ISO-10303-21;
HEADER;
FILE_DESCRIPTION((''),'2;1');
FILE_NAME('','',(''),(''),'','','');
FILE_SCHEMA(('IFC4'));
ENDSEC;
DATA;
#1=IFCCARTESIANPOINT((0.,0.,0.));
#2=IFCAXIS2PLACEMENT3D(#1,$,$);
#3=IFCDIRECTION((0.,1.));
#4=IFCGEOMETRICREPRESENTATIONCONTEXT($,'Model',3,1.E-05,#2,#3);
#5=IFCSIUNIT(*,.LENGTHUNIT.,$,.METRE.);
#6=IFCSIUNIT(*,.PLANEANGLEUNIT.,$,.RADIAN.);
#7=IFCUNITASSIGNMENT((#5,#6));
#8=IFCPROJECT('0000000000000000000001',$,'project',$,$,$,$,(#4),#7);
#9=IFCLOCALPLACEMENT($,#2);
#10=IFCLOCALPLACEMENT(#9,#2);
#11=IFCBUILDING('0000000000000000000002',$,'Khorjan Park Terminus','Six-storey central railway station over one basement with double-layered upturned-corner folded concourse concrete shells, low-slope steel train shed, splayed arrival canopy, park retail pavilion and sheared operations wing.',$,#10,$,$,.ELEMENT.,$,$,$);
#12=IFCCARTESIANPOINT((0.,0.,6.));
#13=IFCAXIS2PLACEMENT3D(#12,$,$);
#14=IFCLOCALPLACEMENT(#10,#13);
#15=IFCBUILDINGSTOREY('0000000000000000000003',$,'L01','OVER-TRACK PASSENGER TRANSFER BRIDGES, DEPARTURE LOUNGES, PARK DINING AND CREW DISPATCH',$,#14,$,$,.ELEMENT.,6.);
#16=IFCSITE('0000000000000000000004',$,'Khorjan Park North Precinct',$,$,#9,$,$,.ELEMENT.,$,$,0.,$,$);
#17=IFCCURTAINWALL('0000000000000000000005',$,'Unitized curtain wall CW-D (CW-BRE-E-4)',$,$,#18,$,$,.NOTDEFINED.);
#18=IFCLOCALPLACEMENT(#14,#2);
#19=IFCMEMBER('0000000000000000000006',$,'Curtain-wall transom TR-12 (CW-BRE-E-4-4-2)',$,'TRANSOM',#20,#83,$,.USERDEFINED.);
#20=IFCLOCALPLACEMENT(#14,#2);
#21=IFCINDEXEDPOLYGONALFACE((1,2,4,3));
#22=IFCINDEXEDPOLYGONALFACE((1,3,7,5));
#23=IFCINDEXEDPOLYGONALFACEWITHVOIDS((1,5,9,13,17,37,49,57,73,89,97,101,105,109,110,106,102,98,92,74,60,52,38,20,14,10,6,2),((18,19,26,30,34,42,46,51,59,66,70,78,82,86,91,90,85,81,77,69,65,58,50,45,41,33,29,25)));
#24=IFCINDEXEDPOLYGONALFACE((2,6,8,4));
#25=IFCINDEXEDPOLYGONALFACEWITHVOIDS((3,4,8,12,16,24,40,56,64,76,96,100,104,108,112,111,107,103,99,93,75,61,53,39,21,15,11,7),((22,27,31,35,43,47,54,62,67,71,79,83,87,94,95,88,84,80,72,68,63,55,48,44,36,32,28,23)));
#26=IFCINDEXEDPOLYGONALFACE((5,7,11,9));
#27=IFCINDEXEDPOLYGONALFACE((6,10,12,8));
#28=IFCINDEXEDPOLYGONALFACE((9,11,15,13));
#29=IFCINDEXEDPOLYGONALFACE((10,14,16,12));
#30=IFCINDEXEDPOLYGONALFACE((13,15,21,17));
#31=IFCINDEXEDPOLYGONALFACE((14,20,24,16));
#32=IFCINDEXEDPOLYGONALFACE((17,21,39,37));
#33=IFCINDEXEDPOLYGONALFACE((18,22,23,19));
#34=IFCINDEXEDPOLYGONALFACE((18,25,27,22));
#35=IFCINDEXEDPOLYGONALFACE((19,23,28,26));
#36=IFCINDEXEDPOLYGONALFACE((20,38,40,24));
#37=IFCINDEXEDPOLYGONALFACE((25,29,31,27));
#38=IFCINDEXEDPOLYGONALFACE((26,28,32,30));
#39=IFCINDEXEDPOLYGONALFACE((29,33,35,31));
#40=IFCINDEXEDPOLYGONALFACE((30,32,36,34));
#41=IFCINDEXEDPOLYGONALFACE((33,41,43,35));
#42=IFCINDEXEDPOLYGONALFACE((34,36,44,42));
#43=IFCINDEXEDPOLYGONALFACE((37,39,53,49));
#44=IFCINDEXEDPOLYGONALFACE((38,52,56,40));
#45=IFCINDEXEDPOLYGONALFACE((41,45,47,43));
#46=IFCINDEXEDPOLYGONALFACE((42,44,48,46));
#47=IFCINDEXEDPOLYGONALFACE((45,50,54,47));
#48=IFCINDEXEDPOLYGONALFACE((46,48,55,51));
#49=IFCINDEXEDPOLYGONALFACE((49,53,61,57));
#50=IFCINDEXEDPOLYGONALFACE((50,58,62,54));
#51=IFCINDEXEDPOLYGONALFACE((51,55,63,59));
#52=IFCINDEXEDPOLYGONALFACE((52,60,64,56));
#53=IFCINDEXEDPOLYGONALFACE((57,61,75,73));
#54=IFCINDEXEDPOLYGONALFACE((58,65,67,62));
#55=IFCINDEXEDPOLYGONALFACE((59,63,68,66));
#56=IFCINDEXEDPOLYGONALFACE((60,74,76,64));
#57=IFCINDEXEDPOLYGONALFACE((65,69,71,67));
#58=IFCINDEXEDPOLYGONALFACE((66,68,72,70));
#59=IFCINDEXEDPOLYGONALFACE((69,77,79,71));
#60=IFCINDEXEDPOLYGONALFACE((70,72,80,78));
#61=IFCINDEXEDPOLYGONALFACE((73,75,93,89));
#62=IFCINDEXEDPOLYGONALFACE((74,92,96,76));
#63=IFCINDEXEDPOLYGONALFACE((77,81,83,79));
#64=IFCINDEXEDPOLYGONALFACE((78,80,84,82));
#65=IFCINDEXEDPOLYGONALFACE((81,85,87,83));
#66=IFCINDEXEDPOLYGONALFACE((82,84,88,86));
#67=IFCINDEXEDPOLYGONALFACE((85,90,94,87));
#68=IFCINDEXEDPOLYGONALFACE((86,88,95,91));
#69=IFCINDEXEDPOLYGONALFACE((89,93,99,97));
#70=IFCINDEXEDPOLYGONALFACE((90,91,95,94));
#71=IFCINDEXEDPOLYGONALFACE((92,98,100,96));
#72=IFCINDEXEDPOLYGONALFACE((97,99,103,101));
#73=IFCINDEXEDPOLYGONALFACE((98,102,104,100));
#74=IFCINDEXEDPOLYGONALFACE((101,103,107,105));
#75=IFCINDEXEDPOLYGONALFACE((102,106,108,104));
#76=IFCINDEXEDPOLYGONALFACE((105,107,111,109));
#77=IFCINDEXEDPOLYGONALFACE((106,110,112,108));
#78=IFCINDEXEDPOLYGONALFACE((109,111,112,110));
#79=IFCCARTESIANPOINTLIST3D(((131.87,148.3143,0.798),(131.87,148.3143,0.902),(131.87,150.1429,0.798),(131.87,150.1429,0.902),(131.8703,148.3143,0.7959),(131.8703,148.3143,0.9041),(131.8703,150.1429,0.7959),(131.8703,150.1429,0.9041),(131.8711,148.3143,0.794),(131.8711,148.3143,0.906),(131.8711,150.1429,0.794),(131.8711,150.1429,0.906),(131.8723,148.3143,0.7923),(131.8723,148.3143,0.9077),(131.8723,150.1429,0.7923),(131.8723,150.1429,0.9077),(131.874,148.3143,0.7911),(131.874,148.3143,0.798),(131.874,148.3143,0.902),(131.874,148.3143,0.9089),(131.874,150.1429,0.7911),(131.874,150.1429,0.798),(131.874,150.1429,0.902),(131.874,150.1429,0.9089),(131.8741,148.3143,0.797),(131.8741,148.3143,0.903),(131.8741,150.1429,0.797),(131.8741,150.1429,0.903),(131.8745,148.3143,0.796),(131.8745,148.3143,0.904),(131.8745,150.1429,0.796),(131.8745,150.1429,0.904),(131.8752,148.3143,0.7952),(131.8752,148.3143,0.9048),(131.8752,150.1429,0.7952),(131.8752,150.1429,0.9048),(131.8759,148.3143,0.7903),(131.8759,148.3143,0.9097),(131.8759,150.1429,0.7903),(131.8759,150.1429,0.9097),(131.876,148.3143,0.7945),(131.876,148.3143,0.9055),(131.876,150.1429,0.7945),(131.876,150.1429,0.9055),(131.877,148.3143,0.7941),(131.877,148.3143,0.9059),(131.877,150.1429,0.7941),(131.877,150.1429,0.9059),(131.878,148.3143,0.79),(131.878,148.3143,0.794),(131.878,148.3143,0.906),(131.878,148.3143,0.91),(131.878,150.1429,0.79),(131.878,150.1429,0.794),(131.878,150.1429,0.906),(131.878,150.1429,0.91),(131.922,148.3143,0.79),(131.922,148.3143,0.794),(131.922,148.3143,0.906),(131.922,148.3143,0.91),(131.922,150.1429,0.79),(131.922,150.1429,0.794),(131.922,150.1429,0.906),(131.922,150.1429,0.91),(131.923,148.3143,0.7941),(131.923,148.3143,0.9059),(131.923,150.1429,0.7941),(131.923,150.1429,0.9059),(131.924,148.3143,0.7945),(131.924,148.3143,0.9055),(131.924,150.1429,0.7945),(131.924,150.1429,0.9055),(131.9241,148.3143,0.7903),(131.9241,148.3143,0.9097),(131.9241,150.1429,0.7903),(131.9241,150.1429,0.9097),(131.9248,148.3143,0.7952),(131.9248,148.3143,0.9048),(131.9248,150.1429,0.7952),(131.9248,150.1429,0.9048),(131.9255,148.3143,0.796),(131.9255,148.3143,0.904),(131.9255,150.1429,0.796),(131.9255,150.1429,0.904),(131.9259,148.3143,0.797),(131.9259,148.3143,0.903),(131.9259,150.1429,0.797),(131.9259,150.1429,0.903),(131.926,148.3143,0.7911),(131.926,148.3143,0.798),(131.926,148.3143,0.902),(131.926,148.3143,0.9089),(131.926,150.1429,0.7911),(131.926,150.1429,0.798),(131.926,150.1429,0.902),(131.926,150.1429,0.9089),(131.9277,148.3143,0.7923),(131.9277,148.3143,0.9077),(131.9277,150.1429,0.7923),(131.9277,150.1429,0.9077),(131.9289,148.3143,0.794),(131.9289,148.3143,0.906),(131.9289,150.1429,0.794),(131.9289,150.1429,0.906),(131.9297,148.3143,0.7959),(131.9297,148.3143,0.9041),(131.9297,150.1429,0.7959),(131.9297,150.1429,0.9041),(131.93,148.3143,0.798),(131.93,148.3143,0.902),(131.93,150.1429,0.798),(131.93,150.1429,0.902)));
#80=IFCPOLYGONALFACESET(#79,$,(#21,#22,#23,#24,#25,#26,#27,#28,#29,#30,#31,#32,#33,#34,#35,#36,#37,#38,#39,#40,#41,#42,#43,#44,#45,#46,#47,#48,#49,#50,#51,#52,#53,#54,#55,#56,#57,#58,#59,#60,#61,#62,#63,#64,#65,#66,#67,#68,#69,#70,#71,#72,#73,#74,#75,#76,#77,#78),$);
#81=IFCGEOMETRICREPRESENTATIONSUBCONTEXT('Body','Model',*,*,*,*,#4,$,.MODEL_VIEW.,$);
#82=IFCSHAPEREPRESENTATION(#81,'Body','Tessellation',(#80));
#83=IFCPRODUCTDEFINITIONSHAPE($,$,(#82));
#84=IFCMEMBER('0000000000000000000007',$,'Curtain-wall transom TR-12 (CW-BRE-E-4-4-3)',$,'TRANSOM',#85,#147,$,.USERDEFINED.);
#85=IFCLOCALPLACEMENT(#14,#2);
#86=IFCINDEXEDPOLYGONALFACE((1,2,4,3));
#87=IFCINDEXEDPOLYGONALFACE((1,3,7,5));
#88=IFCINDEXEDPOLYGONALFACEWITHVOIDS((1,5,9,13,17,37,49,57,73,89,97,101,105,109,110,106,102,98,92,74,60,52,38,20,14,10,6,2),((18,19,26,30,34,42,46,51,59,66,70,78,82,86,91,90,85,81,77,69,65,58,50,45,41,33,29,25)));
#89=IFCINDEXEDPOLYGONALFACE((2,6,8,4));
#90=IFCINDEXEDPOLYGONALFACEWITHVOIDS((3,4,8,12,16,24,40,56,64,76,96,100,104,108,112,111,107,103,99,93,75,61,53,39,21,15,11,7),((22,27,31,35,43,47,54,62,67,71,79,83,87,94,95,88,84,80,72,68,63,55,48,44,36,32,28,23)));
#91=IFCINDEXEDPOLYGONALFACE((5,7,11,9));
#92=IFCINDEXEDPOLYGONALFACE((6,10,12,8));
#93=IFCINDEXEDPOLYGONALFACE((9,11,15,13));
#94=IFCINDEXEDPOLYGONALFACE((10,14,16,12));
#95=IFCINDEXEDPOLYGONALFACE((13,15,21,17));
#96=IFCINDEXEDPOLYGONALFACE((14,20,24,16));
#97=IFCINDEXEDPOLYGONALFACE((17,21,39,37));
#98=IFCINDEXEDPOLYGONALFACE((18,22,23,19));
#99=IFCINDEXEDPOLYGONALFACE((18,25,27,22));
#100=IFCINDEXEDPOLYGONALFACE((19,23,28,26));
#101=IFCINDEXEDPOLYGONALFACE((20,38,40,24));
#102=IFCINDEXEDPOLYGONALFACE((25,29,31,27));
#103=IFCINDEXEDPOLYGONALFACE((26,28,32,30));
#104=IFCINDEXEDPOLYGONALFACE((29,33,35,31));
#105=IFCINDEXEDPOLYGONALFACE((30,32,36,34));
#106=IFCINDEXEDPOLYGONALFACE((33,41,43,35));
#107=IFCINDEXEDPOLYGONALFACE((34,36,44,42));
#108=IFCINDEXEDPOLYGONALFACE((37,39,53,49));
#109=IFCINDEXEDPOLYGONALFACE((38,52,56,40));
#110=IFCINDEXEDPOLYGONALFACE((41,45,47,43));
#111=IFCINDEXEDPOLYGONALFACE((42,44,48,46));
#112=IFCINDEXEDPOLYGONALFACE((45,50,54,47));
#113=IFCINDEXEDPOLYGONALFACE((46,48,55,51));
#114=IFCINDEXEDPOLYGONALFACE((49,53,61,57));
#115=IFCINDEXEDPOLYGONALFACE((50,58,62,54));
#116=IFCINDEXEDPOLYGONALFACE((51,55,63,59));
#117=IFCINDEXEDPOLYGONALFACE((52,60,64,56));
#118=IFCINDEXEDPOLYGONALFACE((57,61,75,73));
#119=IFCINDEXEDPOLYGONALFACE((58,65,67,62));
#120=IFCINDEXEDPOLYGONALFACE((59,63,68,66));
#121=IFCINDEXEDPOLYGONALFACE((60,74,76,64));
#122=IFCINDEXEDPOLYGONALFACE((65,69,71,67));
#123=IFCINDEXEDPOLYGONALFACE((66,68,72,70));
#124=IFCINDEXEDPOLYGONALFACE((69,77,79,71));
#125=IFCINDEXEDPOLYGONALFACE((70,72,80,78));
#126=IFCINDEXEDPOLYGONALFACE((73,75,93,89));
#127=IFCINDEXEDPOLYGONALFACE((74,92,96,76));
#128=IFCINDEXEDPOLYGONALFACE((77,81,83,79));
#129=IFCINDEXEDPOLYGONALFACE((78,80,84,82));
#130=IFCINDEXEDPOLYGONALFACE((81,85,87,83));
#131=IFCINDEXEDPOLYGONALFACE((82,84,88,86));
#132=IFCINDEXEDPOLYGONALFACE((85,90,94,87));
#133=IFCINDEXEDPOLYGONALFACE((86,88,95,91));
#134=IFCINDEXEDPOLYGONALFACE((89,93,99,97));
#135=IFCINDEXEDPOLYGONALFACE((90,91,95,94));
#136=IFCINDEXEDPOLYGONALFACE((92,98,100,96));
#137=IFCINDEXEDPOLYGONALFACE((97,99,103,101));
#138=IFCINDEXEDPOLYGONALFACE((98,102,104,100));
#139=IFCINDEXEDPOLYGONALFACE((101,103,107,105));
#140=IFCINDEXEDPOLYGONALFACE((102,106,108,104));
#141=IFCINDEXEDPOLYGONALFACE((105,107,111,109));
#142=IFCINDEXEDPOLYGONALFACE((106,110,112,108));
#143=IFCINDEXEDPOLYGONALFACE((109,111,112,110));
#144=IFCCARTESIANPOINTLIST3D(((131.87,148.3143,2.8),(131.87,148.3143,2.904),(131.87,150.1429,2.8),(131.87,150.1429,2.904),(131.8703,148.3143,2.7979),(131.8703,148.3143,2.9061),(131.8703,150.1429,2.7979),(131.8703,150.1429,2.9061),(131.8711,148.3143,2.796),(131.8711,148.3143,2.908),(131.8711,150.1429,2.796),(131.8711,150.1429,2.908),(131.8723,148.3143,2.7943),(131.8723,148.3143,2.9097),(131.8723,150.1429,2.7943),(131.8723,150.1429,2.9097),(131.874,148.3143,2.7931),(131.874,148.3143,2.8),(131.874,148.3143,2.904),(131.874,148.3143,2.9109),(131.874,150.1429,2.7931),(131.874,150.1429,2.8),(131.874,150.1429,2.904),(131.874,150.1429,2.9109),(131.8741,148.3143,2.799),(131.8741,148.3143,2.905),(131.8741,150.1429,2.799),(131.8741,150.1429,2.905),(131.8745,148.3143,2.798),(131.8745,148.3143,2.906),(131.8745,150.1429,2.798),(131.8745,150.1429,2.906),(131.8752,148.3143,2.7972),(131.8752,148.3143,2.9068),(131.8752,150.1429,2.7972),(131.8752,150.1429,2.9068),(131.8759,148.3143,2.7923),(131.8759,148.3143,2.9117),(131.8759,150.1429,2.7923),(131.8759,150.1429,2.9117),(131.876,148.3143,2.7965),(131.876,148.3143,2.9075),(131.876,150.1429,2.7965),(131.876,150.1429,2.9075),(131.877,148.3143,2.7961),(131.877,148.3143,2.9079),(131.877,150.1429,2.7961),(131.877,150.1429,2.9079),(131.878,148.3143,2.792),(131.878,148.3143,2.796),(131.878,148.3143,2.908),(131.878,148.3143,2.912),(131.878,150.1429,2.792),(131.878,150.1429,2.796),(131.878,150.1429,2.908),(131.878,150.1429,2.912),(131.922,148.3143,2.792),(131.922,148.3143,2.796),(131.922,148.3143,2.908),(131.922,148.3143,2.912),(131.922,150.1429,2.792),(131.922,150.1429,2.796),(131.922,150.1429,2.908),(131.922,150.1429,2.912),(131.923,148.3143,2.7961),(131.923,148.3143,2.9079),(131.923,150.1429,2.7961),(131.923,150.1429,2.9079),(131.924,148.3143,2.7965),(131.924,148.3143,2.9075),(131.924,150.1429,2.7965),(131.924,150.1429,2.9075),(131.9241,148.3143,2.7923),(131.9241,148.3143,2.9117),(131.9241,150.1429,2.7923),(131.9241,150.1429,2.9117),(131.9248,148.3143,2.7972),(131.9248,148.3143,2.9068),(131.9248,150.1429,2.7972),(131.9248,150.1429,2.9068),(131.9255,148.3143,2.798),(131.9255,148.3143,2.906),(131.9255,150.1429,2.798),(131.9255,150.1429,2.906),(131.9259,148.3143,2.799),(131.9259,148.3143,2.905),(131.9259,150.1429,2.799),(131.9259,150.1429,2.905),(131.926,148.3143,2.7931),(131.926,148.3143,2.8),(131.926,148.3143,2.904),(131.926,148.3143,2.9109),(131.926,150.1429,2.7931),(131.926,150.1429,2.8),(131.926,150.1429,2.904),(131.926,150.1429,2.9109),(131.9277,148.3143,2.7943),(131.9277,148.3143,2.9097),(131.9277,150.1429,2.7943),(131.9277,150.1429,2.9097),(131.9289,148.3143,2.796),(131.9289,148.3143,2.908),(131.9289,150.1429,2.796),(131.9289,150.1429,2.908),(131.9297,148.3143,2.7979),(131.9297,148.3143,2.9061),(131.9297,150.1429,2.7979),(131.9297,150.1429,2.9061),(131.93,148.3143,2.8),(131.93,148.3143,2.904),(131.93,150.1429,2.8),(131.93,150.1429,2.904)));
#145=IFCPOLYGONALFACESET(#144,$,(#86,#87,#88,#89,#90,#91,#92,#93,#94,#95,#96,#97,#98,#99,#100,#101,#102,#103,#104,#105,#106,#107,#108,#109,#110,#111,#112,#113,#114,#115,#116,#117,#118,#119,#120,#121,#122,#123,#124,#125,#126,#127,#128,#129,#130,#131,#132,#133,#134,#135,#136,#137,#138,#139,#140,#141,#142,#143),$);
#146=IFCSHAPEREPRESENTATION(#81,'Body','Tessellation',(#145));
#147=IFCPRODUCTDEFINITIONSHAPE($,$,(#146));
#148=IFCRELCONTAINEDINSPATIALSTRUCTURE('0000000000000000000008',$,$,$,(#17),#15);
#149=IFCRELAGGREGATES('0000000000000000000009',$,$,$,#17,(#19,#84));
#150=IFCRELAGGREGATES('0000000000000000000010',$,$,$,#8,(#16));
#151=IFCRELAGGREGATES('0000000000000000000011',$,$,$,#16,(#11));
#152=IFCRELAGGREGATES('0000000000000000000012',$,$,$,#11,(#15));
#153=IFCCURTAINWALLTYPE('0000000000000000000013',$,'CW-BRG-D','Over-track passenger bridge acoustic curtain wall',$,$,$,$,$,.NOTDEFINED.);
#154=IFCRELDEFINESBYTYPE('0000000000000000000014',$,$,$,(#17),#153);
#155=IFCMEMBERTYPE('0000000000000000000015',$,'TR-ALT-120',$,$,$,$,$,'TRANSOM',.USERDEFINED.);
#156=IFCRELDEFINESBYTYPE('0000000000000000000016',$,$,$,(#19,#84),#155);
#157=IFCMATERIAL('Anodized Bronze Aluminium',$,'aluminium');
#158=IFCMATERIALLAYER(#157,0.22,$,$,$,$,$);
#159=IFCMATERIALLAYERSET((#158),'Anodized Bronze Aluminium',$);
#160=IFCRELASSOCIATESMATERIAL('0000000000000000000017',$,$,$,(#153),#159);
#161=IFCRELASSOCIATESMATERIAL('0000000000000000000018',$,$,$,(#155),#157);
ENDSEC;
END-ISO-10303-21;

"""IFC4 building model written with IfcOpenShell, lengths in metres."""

from ifc_helpers import new_model, si_unit, direction, frame, origin, origin_2d, place, context, subcontext, project, spatial, hollow_rectangle, extrude, material, layer, layer_set, material_profile, profile_set, type_object, element, aggregate, save


model = new_model("IFC4")

# Units and contexts
model_context = context("Model", 3, precision=1e-05, world=origin(), true_north=direction((0.0, 1.0)))
body_context = subcontext(model_context, "Body", "Model", "MODEL_VIEW")
ifc_project = project(units=[si_unit("LENGTHUNIT", "METRE"), si_unit("PLANEANGLEUNIT", "RADIAN")], contexts=[model_context])

# Site, building, storey
site_placement = place(None, origin())
site = spatial("IfcSite", under=ifc_project, at=site_placement, Name="Khorjan Park North Precinct", CompositionType="ELEMENT", RefElevation=0.0)
building_placement = place(site_placement, origin())
building = spatial("IfcBuilding", under=site, at=building_placement, Name="Khorjan Park Terminus", Description="Six-storey central railway station over one basement with double-layered upturned-corner folded concourse concrete shells, low-slope steel train shed, splayed arrival canopy, park retail pavilion and sheared operations wing.", CompositionType="ELEMENT")
storey_placement = place(building_placement, frame((0.0, 0.0, 6.0)))
storey = spatial("IfcBuildingStorey", under=building, at=storey_placement, Name="L01", Description="OVER-TRACK PASSENGER TRANSFER BRIDGES, DEPARTURE LOUNGES, PARK DINING AND CREW DISPATCH", CompositionType="ELEMENT", Elevation=6.0)

# Curtain wall, members
ifc_material_1 = material(Name="Anodized Bronze Aluminium", Category="aluminium")
ifc_layer_1 = layer(ifc_material_1, 0.22)
ifc_layer_set_1 = layer_set([ifc_layer_1], Name="Anodized Bronze Aluminium")
curtain_wall_type = type_object("IfcCurtainWallType", Name="CW-BRG-D", Description="Over-track passenger bridge acoustic curtain wall", PredefinedType="NOTDEFINED", material=ifc_layer_set_1)
curtain_wall_placement = place(storey_placement, origin())
curtain_wall = element("IfcCurtainWall", 1, at=curtain_wall_placement, inside=storey, type_object=curtain_wall_type, Name="Unitized curtain wall CW-D (CW-BRE-E-4)", PredefinedType="NOTDEFINED")
ifc_material_profile_1 = material_profile(ifc_material_1, hollow_rectangle(XDim=0.06, YDim=0.12, WallThickness=0.004, InnerFilletRadius=0.004, OuterFilletRadius=0.008, at=origin_2d()), Name="ALT 60x120x4")
ifc_profile_set_1 = profile_set([ifc_material_profile_1], Name="Anodized Bronze Aluminium")
member_type_1 = type_object("IfcMemberType", Name="TR-ALT-120", ElementType="TRANSOM", PredefinedType="USERDEFINED", material=ifc_profile_set_1)
member_1_placement = place(storey_placement, frame((131.9, 148.3143, 0.85), z_axis=(0.0, 1.0, 0.0), x_axis=(-1.0, 0.0, 0.0)))
member_1 = element("IfcMember", 2, at=member_1_placement, type_object=member_type_1, Name="Curtain-wall transom TR-12 (CW-BRE-E-4-4-2)", ObjectType="TRANSOM", PredefinedType="USERDEFINED", context=body_context, shape_type="SweptSolid", body=[
    extrude(hollow_rectangle(XDim=0.06, YDim=0.12, WallThickness=0.004, InnerFilletRadius=0.004, OuterFilletRadius=0.008, at=origin_2d()), origin(), (0.0, 0.0, 1.0), 1.8286),
])
member_2_placement = place(storey_placement, frame((131.9, 148.3143, 2.852), z_axis=(0.0, 1.0, 0.0), x_axis=(-1.0, 0.0, 0.0)))
member_2 = element("IfcMember", 3, at=member_2_placement, type_object=member_type_1, Name="Curtain-wall transom TR-12 (CW-BRE-E-4-4-3)", ObjectType="TRANSOM", PredefinedType="USERDEFINED", context=body_context, shape_type="SweptSolid", body=[
    extrude(hollow_rectangle(XDim=0.06, YDim=0.12, WallThickness=0.004, InnerFilletRadius=0.004, OuterFilletRadius=0.008, at=origin_2d()), origin(), (0.0, 0.0, 1.0), 1.8286),
])
aggregate(curtain_wall, [member_1, member_2])

save(model, "model.ifc")
